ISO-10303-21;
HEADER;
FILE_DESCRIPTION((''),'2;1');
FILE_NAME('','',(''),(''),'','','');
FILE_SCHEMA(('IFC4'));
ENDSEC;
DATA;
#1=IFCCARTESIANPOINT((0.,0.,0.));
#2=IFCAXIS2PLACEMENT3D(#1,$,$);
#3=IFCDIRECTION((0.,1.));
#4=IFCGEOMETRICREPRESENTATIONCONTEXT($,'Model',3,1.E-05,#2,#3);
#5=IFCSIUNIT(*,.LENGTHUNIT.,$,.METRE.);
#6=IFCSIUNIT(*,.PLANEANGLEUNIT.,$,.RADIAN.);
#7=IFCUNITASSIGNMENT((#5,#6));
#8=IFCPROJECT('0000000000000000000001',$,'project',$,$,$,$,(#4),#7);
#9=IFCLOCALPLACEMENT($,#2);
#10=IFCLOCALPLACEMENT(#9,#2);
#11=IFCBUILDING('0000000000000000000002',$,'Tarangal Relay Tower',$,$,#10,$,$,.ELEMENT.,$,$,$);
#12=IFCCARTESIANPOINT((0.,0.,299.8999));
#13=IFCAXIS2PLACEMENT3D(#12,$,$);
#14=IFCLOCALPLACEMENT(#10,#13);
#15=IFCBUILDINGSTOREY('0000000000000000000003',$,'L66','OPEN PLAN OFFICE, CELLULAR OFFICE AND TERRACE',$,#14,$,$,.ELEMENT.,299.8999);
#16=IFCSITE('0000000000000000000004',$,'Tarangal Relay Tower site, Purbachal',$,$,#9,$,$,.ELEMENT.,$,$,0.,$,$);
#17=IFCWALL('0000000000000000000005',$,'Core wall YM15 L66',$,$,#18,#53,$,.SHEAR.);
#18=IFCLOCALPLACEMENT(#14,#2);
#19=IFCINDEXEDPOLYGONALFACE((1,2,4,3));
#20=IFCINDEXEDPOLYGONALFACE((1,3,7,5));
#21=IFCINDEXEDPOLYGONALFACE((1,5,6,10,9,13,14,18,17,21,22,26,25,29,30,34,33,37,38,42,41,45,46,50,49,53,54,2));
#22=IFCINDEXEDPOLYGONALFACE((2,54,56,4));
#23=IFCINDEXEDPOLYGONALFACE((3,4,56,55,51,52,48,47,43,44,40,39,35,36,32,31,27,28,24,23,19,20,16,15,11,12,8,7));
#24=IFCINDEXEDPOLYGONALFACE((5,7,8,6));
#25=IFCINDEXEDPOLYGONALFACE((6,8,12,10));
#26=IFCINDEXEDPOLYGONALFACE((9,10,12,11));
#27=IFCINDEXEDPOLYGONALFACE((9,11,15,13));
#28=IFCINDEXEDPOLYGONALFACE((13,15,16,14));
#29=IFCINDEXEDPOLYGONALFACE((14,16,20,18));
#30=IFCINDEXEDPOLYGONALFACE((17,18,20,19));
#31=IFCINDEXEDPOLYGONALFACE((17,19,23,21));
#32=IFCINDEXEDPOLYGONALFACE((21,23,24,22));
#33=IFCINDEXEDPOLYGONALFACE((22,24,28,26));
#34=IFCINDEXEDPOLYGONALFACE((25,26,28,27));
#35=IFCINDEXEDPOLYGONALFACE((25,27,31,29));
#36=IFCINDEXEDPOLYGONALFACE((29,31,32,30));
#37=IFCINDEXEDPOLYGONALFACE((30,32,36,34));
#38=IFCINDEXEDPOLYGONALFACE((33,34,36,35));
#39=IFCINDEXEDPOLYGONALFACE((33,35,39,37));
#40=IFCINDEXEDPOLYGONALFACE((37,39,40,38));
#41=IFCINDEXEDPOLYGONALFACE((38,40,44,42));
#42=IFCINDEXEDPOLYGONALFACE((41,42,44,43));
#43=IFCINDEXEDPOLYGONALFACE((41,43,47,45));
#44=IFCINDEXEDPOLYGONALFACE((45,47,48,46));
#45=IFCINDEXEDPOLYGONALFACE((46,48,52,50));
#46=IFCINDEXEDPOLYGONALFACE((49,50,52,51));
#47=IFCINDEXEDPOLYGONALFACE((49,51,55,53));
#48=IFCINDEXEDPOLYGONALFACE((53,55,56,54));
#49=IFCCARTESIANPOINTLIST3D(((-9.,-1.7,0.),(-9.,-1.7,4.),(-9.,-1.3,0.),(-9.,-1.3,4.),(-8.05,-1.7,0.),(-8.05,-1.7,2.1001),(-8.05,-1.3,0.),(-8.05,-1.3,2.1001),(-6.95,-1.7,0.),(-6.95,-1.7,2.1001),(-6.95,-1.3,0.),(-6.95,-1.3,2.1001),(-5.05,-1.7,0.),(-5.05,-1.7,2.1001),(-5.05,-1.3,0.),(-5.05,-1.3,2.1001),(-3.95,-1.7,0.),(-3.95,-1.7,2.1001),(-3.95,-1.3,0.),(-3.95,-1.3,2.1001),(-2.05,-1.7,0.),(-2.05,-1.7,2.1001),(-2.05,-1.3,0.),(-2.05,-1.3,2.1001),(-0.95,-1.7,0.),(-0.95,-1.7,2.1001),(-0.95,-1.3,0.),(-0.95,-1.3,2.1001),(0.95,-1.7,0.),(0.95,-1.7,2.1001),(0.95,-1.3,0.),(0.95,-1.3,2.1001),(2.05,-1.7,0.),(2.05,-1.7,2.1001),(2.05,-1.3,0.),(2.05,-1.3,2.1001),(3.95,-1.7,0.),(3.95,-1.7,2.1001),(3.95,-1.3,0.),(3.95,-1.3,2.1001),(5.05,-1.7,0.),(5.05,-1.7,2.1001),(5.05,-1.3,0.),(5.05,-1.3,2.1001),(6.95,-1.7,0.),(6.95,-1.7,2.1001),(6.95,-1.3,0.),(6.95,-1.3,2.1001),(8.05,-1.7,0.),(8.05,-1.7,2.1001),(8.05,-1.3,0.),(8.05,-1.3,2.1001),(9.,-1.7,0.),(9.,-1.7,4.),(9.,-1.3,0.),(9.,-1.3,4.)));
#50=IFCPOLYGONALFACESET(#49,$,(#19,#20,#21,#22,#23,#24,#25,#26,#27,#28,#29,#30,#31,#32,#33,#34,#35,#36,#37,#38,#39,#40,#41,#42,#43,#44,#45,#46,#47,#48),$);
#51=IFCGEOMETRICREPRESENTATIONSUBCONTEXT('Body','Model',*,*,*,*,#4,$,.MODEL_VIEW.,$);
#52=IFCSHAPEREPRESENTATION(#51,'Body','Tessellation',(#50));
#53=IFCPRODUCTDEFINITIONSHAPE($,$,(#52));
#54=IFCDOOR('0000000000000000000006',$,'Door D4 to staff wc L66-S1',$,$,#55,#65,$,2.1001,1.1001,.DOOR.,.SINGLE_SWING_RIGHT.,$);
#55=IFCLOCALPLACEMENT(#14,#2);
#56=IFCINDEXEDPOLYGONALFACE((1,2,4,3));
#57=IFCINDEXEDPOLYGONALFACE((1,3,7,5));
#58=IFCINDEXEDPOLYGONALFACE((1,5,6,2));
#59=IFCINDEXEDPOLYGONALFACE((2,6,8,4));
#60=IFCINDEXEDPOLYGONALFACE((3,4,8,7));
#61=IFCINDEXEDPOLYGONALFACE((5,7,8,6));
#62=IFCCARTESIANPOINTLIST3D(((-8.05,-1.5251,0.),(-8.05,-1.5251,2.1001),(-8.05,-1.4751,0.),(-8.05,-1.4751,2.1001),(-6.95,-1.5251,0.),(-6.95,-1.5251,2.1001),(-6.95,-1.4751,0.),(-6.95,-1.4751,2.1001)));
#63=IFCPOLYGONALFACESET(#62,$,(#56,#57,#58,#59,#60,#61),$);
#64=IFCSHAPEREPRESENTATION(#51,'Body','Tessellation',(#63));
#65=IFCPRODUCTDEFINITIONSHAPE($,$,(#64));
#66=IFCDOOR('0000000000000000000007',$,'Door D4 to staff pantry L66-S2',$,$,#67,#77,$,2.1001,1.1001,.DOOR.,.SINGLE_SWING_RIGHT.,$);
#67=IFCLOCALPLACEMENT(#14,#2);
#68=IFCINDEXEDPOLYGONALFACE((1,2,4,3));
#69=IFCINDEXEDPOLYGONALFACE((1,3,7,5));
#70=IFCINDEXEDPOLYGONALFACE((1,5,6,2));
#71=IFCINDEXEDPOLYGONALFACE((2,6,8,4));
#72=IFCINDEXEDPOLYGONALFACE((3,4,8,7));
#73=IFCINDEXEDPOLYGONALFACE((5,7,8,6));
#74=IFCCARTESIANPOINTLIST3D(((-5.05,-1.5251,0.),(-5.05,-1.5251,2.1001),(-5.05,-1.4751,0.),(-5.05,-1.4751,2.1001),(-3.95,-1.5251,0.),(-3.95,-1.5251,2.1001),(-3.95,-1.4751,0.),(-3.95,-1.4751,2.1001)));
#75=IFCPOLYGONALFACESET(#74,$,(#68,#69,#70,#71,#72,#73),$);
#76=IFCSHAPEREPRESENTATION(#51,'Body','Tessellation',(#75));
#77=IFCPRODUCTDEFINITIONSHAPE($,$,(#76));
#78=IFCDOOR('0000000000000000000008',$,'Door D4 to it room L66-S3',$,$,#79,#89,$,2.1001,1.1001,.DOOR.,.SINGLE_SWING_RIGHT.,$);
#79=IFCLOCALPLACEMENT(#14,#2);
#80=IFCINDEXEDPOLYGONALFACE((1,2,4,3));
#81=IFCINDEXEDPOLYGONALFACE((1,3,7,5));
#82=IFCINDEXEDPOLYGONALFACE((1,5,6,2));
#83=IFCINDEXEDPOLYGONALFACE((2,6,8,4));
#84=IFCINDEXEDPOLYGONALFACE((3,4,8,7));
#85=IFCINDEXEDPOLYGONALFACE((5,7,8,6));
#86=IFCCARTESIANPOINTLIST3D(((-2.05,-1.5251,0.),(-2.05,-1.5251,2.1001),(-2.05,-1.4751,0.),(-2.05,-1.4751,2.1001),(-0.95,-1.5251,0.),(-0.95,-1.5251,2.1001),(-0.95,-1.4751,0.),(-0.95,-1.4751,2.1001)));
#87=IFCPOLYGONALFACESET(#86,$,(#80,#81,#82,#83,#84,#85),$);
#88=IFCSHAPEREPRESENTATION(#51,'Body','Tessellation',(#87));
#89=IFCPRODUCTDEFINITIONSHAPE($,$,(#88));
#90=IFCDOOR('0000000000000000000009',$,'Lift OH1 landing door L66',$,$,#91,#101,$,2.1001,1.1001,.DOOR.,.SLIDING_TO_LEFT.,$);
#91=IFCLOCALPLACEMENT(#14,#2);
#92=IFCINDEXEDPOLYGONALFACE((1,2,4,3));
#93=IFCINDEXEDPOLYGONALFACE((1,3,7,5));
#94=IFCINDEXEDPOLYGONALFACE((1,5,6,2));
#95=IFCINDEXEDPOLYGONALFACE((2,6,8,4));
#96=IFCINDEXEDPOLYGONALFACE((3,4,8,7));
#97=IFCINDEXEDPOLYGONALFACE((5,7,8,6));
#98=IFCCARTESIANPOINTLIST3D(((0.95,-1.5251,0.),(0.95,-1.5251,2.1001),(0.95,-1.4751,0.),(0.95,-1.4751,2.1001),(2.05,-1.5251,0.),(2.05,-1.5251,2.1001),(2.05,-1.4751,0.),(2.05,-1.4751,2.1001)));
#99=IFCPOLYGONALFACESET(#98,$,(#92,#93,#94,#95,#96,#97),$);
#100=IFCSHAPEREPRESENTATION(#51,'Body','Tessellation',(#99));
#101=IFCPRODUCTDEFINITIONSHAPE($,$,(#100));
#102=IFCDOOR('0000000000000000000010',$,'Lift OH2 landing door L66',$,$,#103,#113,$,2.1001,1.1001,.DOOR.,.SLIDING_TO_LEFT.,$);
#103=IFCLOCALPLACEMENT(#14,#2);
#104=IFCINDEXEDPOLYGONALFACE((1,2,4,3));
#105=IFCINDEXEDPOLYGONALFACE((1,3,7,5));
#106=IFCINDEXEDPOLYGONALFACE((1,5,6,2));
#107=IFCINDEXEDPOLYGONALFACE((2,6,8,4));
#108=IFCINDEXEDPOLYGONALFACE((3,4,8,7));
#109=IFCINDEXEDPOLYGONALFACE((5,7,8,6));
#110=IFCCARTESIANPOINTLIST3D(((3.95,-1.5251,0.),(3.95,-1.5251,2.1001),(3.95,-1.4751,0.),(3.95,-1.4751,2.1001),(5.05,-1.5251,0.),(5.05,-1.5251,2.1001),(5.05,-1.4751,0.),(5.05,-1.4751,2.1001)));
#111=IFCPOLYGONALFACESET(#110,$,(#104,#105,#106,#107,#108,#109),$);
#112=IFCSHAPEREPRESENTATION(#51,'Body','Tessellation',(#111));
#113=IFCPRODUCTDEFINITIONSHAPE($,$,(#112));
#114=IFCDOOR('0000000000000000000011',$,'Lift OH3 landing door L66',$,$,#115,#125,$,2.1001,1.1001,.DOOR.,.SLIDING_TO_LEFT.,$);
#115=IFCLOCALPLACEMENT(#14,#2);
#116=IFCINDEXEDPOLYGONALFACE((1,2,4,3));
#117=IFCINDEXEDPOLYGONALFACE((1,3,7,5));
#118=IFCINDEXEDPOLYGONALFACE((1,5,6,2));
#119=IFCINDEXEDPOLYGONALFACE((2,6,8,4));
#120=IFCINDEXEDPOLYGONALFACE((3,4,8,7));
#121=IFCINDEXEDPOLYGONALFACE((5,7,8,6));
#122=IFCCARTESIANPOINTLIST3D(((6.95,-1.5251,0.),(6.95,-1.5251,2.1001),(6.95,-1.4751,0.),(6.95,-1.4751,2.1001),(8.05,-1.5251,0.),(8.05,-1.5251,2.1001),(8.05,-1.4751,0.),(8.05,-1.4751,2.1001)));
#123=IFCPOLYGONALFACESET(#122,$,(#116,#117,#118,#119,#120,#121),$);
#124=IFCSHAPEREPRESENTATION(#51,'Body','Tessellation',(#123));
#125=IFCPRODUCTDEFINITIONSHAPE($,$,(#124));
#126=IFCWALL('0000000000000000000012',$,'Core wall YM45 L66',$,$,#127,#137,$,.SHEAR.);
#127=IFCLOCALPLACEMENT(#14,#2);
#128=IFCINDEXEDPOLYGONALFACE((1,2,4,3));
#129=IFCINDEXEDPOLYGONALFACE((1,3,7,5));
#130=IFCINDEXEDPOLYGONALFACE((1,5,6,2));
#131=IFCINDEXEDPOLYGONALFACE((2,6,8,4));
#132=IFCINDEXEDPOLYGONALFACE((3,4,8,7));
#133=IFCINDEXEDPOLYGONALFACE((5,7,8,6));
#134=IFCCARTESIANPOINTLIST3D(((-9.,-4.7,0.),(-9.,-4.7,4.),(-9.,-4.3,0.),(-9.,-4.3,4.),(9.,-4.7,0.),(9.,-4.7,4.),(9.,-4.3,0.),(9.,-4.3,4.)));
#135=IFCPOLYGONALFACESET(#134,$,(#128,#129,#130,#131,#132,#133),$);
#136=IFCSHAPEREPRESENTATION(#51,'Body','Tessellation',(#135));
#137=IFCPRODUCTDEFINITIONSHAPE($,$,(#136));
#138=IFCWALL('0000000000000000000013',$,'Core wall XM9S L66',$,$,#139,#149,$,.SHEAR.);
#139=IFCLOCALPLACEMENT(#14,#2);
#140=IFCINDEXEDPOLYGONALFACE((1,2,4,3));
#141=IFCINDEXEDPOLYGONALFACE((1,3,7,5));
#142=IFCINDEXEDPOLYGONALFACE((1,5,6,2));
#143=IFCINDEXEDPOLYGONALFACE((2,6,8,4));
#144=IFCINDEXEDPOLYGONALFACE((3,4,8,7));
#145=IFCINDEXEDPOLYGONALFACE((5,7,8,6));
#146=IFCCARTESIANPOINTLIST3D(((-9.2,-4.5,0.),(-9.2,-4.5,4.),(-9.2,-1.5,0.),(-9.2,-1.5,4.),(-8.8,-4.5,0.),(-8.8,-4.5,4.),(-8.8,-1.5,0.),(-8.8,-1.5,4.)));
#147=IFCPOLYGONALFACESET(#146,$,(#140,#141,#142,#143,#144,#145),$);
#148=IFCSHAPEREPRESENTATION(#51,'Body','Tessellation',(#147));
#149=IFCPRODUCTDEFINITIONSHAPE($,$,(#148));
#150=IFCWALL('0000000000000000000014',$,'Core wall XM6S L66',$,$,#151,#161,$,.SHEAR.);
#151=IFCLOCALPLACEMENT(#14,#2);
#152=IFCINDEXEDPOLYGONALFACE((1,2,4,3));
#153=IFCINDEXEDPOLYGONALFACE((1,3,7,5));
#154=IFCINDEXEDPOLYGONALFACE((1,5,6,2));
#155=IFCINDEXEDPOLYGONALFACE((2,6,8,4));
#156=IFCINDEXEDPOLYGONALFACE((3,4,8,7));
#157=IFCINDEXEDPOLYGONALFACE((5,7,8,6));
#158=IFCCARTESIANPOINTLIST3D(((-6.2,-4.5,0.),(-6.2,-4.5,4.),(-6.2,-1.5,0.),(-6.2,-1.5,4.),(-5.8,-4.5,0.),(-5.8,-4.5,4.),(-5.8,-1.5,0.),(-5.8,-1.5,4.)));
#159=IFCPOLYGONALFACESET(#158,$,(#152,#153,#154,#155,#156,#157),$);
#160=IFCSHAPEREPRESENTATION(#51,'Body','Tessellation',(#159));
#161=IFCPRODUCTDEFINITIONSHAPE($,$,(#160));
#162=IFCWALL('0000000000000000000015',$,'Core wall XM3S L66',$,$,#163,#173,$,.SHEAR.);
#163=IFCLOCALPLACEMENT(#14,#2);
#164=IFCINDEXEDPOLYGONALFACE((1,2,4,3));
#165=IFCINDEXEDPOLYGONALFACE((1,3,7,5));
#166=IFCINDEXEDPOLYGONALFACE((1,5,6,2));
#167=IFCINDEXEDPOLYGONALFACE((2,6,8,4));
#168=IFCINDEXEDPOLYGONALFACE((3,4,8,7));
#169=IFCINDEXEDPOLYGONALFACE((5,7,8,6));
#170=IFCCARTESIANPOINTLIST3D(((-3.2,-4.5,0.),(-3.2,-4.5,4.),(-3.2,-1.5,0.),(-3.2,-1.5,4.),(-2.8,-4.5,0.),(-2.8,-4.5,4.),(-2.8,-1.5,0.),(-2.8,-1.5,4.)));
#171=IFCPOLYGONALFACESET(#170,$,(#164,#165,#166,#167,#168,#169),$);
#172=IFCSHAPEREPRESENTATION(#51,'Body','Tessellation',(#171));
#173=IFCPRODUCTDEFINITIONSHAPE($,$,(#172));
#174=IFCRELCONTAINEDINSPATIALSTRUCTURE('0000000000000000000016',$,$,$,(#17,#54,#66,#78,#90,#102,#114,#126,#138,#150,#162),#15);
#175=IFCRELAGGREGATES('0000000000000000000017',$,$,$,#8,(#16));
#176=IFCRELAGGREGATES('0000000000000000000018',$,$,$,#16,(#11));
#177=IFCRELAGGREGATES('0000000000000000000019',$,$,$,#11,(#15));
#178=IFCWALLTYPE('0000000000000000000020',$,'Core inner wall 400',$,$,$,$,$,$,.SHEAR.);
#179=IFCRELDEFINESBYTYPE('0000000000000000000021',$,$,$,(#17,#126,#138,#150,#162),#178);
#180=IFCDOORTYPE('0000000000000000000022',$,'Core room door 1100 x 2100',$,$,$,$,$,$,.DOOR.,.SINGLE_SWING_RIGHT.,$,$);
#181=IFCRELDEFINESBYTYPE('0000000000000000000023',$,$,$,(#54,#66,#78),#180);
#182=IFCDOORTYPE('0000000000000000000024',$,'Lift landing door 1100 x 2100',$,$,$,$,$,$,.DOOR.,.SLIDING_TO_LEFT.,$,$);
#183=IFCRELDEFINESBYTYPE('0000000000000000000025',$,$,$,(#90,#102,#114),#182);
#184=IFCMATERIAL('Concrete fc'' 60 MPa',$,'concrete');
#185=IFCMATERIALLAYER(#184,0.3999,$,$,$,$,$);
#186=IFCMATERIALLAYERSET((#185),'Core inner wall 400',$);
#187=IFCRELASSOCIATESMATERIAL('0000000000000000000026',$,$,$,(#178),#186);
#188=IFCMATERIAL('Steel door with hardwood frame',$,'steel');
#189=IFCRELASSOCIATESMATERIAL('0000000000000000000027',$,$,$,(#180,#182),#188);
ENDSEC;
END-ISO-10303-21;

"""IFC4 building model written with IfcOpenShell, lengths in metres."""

from ifc_helpers import new_model, si_unit, direction, frame, frame_2d, origin, place, context, subcontext, project, spatial, rectangle, extrude, material, layer, layer_set, type_object, element, fill, save


model = new_model("IFC4")

# Units and contexts
model_context = context("Model", 3, precision=1e-05, world=origin(), true_north=direction((0.0, 1.0)))
body_context = subcontext(model_context, "Body", "Model", "MODEL_VIEW")
ifc_project = project(units=[si_unit("LENGTHUNIT", "METRE"), si_unit("PLANEANGLEUNIT", "RADIAN")], contexts=[model_context])

# Site, building, storey
site_placement = place(None, origin())
site = spatial("IfcSite", under=ifc_project, at=site_placement, Name="Tarangal Relay Tower site, Purbachal", CompositionType="ELEMENT", RefElevation=0.0)
building_placement = place(site_placement, origin())
building = spatial("IfcBuilding", under=site, at=building_placement, Name="Tarangal Relay Tower", CompositionType="ELEMENT")
storey_placement = place(building_placement, frame((0.0, 0.0, 299.8999)))
storey = spatial("IfcBuildingStorey", under=building, at=storey_placement, Name="L66", Description="OPEN PLAN OFFICE, CELLULAR OFFICE AND TERRACE", CompositionType="ELEMENT", Elevation=299.8999)

# Wall, openings, doors
ifc_material_1 = material(Name="Concrete fc' 60 MPa", Category="concrete")
ifc_layer_1 = layer(ifc_material_1, 0.3999)
ifc_layer_set_1 = layer_set([ifc_layer_1], Name="Core inner wall 400")
wall_type_1 = type_object("IfcWallType", Name="Core inner wall 400", PredefinedType="SHEAR", material=ifc_layer_set_1)
wall_1_placement = place(storey_placement, frame((-9.0, -1.5, 0.0), z_axis=(0.0, 0.0, 1.0), x_axis=(1.0, 0.0, 0.0)))
wall_1 = element("IfcWall", 1, at=wall_1_placement, inside=storey, type_object=wall_type_1, Name="Core wall YM15 L66", PredefinedType="SHEAR", context=body_context, shape_type="SweptSolid", body=[
    extrude(rectangle(XDim=18.0, YDim=0.3999, at=frame_2d((9.0, 0.0))), origin(), (0.0, 0.0, 1.0), 4.0),
])
opening_1_placement = place(wall_1_placement, frame((9.95, 0.0, 0.0)))
opening_1 = element("IfcOpeningElement", 2, at=opening_1_placement, cuts=wall_1, PredefinedType="OPENING", context=body_context, shape_type="SweptSolid", body=[
    extrude(rectangle(XDim=1.1001, YDim=2.1001, at=frame_2d((0.55, 1.05))), frame((0.0, 0.21, 0.0), z_axis=(0.0, -1.0, 0.0), x_axis=(1.0, 0.0, 0.0)), (0.0, 0.0, 1.0), 0.4199),
])
opening_2_placement = place(wall_1_placement, frame((12.95, 0.0, 0.0)))
opening_2 = element("IfcOpeningElement", 3, at=opening_2_placement, cuts=wall_1, PredefinedType="OPENING", context=body_context, shape_type="SweptSolid", body=[
    extrude(rectangle(XDim=1.1001, YDim=2.1001, at=frame_2d((0.55, 1.05))), frame((0.0, 0.21, 0.0), z_axis=(0.0, -1.0, 0.0), x_axis=(1.0, 0.0, 0.0)), (0.0, 0.0, 1.0), 0.4199),
])
opening_3_placement = place(wall_1_placement, frame((15.95, 0.0, 0.0)))
opening_3 = element("IfcOpeningElement", 4, at=opening_3_placement, cuts=wall_1, PredefinedType="OPENING", context=body_context, shape_type="SweptSolid", body=[
    extrude(rectangle(XDim=1.1001, YDim=2.1001, at=frame_2d((0.55, 1.05))), frame((0.0, 0.21, 0.0), z_axis=(0.0, -1.0, 0.0), x_axis=(1.0, 0.0, 0.0)), (0.0, 0.0, 1.0), 0.4199),
])
opening_4_placement = place(wall_1_placement, frame((0.95, 0.0, 0.0)))
opening_4 = element("IfcOpeningElement", 5, at=opening_4_placement, cuts=wall_1, PredefinedType="OPENING", context=body_context, shape_type="SweptSolid", body=[
    extrude(rectangle(XDim=1.1001, YDim=2.1001, at=frame_2d((0.55, 1.05))), frame((0.0, 0.21, 0.0), z_axis=(0.0, -1.0, 0.0), x_axis=(1.0, 0.0, 0.0)), (0.0, 0.0, 1.0), 0.4199),
])
opening_5_placement = place(wall_1_placement, frame((3.95, 0.0, 0.0)))
opening_5 = element("IfcOpeningElement", 6, at=opening_5_placement, cuts=wall_1, PredefinedType="OPENING", context=body_context, shape_type="SweptSolid", body=[
    extrude(rectangle(XDim=1.1001, YDim=2.1001, at=frame_2d((0.55, 1.05))), frame((0.0, 0.21, 0.0), z_axis=(0.0, -1.0, 0.0), x_axis=(1.0, 0.0, 0.0)), (0.0, 0.0, 1.0), 0.4199),
])
opening_6_placement = place(wall_1_placement, frame((6.95, 0.0, 0.0)))
opening_6 = element("IfcOpeningElement", 7, at=opening_6_placement, cuts=wall_1, PredefinedType="OPENING", context=body_context, shape_type="SweptSolid", body=[
    extrude(rectangle(XDim=1.1001, YDim=2.1001, at=frame_2d((0.55, 1.05))), frame((0.0, 0.21, 0.0), z_axis=(0.0, -1.0, 0.0), x_axis=(1.0, 0.0, 0.0)), (0.0, 0.0, 1.0), 0.4199),
])
ifc_material_2 = material(Name="Steel door with hardwood frame", Category="steel")
door_type_1 = type_object("IfcDoorType", Name="Core room door 1100 x 2100", OperationType="SINGLE_SWING_RIGHT", PredefinedType="DOOR", material=ifc_material_2)
door_1_placement = place(opening_4_placement, origin())
door_1 = element("IfcDoor", 8, at=door_1_placement, inside=storey, type_object=door_type_1, Name="Door D4 to staff wc L66-S1", OperationType="SINGLE_SWING_RIGHT", OverallHeight=2.1001, OverallWidth=1.1001, PredefinedType="DOOR", context=body_context, shape_type="SweptSolid", body=[
    extrude(rectangle(XDim=1.1001, YDim=2.1001, at=frame_2d((0.55, 1.05))), frame((0.0, 0.0249, 0.0), z_axis=(0.0, -1.0, 0.0), x_axis=(1.0, 0.0, 0.0)), (0.0, 0.0, 1.0), 0.05),
])
fill(opening_4, door_1)
door_2_placement = place(opening_5_placement, origin())
door_2 = element("IfcDoor", 9, at=door_2_placement, inside=storey, type_object=door_type_1, Name="Door D4 to staff pantry L66-S2", OperationType="SINGLE_SWING_RIGHT", OverallHeight=2.1001, OverallWidth=1.1001, PredefinedType="DOOR", context=body_context, shape_type="SweptSolid", body=[
    extrude(rectangle(XDim=1.1001, YDim=2.1001, at=frame_2d((0.55, 1.05))), frame((0.0, 0.0249, 0.0), z_axis=(0.0, -1.0, 0.0), x_axis=(1.0, 0.0, 0.0)), (0.0, 0.0, 1.0), 0.05),
])
fill(opening_5, door_2)
door_3_placement = place(opening_6_placement, origin())
door_3 = element("IfcDoor", 10, at=door_3_placement, inside=storey, type_object=door_type_1, Name="Door D4 to it room L66-S3", OperationType="SINGLE_SWING_RIGHT", OverallHeight=2.1001, OverallWidth=1.1001, PredefinedType="DOOR", context=body_context, shape_type="SweptSolid", body=[
    extrude(rectangle(XDim=1.1001, YDim=2.1001, at=frame_2d((0.55, 1.05))), frame((0.0, 0.0249, 0.0), z_axis=(0.0, -1.0, 0.0), x_axis=(1.0, 0.0, 0.0)), (0.0, 0.0, 1.0), 0.05),
])
fill(opening_6, door_3)
door_type_2 = type_object("IfcDoorType", Name="Lift landing door 1100 x 2100", OperationType="SLIDING_TO_LEFT", PredefinedType="DOOR", material=ifc_material_2)
door_4_placement = place(opening_1_placement, origin())
door_4 = element("IfcDoor", 11, at=door_4_placement, inside=storey, type_object=door_type_2, Name="Lift OH1 landing door L66", OperationType="SLIDING_TO_LEFT", OverallHeight=2.1001, OverallWidth=1.1001, PredefinedType="DOOR", context=body_context, shape_type="SweptSolid", body=[
    extrude(rectangle(XDim=1.1001, YDim=2.1001, at=frame_2d((0.55, 1.05))), frame((0.0, 0.0249, 0.0), z_axis=(0.0, -1.0, 0.0), x_axis=(1.0, 0.0, 0.0)), (0.0, 0.0, 1.0), 0.05),
])
fill(opening_1, door_4)
door_5_placement = place(opening_2_placement, origin())
door_5 = element("IfcDoor", 12, at=door_5_placement, inside=storey, type_object=door_type_2, Name="Lift OH2 landing door L66", OperationType="SLIDING_TO_LEFT", OverallHeight=2.1001, OverallWidth=1.1001, PredefinedType="DOOR", context=body_context, shape_type="SweptSolid", body=[
    extrude(rectangle(XDim=1.1001, YDim=2.1001, at=frame_2d((0.55, 1.05))), frame((0.0, 0.0249, 0.0), z_axis=(0.0, -1.0, 0.0), x_axis=(1.0, 0.0, 0.0)), (0.0, 0.0, 1.0), 0.05),
])
fill(opening_2, door_5)
door_6_placement = place(opening_3_placement, origin())
door_6 = element("IfcDoor", 13, at=door_6_placement, inside=storey, type_object=door_type_2, Name="Lift OH3 landing door L66", OperationType="SLIDING_TO_LEFT", OverallHeight=2.1001, OverallWidth=1.1001, PredefinedType="DOOR", context=body_context, shape_type="SweptSolid", body=[
    extrude(rectangle(XDim=1.1001, YDim=2.1001, at=frame_2d((0.55, 1.05))), frame((0.0, 0.0249, 0.0), z_axis=(0.0, -1.0, 0.0), x_axis=(1.0, 0.0, 0.0)), (0.0, 0.0, 1.0), 0.05),
])
fill(opening_3, door_6)

# Walls
wall_2_placement = place(storey_placement, frame((-9.0, -4.5, 0.0), z_axis=(0.0, 0.0, 1.0), x_axis=(1.0, 0.0, 0.0)))
element("IfcWall", 14, at=wall_2_placement, inside=storey, type_object=wall_type_1, Name="Core wall YM45 L66", PredefinedType="SHEAR", context=body_context, shape_type="SweptSolid", body=[
    extrude(rectangle(XDim=18.0, YDim=0.3999, at=frame_2d((9.0, 0.0))), origin(), (0.0, 0.0, 1.0), 4.0),
])
for number, where, z_axis, x_axis, name in (
    (15, (-9.0, -4.5, 0.0), (0.0, 0.0, 1.0), (0.0, 1.0, 0.0), "Core wall XM9S L66"),
    (16, (-6.0, -4.5, 0.0), (0.0, 0.0, 1.0), (0.0, 1.0, 0.0), "Core wall XM6S L66"),
    (17, (-3.0, -4.5, 0.0), (0.0, 0.0, 1.0), (0.0, 1.0, 0.0), "Core wall XM3S L66"),
):
    element("IfcWall", number, at=place(storey_placement, frame(where, z_axis=z_axis, x_axis=x_axis)), inside=storey, type_object=wall_type_1, Name=name, PredefinedType="SHEAR", context=body_context, shape_type="SweptSolid", body=[
        extrude(rectangle(XDim=3.0, YDim=0.3999, at=frame_2d((1.5, 0.0))), origin(), (0.0, 0.0, 1.0), 4.0),
    ])

save(model, "model.ifc")
